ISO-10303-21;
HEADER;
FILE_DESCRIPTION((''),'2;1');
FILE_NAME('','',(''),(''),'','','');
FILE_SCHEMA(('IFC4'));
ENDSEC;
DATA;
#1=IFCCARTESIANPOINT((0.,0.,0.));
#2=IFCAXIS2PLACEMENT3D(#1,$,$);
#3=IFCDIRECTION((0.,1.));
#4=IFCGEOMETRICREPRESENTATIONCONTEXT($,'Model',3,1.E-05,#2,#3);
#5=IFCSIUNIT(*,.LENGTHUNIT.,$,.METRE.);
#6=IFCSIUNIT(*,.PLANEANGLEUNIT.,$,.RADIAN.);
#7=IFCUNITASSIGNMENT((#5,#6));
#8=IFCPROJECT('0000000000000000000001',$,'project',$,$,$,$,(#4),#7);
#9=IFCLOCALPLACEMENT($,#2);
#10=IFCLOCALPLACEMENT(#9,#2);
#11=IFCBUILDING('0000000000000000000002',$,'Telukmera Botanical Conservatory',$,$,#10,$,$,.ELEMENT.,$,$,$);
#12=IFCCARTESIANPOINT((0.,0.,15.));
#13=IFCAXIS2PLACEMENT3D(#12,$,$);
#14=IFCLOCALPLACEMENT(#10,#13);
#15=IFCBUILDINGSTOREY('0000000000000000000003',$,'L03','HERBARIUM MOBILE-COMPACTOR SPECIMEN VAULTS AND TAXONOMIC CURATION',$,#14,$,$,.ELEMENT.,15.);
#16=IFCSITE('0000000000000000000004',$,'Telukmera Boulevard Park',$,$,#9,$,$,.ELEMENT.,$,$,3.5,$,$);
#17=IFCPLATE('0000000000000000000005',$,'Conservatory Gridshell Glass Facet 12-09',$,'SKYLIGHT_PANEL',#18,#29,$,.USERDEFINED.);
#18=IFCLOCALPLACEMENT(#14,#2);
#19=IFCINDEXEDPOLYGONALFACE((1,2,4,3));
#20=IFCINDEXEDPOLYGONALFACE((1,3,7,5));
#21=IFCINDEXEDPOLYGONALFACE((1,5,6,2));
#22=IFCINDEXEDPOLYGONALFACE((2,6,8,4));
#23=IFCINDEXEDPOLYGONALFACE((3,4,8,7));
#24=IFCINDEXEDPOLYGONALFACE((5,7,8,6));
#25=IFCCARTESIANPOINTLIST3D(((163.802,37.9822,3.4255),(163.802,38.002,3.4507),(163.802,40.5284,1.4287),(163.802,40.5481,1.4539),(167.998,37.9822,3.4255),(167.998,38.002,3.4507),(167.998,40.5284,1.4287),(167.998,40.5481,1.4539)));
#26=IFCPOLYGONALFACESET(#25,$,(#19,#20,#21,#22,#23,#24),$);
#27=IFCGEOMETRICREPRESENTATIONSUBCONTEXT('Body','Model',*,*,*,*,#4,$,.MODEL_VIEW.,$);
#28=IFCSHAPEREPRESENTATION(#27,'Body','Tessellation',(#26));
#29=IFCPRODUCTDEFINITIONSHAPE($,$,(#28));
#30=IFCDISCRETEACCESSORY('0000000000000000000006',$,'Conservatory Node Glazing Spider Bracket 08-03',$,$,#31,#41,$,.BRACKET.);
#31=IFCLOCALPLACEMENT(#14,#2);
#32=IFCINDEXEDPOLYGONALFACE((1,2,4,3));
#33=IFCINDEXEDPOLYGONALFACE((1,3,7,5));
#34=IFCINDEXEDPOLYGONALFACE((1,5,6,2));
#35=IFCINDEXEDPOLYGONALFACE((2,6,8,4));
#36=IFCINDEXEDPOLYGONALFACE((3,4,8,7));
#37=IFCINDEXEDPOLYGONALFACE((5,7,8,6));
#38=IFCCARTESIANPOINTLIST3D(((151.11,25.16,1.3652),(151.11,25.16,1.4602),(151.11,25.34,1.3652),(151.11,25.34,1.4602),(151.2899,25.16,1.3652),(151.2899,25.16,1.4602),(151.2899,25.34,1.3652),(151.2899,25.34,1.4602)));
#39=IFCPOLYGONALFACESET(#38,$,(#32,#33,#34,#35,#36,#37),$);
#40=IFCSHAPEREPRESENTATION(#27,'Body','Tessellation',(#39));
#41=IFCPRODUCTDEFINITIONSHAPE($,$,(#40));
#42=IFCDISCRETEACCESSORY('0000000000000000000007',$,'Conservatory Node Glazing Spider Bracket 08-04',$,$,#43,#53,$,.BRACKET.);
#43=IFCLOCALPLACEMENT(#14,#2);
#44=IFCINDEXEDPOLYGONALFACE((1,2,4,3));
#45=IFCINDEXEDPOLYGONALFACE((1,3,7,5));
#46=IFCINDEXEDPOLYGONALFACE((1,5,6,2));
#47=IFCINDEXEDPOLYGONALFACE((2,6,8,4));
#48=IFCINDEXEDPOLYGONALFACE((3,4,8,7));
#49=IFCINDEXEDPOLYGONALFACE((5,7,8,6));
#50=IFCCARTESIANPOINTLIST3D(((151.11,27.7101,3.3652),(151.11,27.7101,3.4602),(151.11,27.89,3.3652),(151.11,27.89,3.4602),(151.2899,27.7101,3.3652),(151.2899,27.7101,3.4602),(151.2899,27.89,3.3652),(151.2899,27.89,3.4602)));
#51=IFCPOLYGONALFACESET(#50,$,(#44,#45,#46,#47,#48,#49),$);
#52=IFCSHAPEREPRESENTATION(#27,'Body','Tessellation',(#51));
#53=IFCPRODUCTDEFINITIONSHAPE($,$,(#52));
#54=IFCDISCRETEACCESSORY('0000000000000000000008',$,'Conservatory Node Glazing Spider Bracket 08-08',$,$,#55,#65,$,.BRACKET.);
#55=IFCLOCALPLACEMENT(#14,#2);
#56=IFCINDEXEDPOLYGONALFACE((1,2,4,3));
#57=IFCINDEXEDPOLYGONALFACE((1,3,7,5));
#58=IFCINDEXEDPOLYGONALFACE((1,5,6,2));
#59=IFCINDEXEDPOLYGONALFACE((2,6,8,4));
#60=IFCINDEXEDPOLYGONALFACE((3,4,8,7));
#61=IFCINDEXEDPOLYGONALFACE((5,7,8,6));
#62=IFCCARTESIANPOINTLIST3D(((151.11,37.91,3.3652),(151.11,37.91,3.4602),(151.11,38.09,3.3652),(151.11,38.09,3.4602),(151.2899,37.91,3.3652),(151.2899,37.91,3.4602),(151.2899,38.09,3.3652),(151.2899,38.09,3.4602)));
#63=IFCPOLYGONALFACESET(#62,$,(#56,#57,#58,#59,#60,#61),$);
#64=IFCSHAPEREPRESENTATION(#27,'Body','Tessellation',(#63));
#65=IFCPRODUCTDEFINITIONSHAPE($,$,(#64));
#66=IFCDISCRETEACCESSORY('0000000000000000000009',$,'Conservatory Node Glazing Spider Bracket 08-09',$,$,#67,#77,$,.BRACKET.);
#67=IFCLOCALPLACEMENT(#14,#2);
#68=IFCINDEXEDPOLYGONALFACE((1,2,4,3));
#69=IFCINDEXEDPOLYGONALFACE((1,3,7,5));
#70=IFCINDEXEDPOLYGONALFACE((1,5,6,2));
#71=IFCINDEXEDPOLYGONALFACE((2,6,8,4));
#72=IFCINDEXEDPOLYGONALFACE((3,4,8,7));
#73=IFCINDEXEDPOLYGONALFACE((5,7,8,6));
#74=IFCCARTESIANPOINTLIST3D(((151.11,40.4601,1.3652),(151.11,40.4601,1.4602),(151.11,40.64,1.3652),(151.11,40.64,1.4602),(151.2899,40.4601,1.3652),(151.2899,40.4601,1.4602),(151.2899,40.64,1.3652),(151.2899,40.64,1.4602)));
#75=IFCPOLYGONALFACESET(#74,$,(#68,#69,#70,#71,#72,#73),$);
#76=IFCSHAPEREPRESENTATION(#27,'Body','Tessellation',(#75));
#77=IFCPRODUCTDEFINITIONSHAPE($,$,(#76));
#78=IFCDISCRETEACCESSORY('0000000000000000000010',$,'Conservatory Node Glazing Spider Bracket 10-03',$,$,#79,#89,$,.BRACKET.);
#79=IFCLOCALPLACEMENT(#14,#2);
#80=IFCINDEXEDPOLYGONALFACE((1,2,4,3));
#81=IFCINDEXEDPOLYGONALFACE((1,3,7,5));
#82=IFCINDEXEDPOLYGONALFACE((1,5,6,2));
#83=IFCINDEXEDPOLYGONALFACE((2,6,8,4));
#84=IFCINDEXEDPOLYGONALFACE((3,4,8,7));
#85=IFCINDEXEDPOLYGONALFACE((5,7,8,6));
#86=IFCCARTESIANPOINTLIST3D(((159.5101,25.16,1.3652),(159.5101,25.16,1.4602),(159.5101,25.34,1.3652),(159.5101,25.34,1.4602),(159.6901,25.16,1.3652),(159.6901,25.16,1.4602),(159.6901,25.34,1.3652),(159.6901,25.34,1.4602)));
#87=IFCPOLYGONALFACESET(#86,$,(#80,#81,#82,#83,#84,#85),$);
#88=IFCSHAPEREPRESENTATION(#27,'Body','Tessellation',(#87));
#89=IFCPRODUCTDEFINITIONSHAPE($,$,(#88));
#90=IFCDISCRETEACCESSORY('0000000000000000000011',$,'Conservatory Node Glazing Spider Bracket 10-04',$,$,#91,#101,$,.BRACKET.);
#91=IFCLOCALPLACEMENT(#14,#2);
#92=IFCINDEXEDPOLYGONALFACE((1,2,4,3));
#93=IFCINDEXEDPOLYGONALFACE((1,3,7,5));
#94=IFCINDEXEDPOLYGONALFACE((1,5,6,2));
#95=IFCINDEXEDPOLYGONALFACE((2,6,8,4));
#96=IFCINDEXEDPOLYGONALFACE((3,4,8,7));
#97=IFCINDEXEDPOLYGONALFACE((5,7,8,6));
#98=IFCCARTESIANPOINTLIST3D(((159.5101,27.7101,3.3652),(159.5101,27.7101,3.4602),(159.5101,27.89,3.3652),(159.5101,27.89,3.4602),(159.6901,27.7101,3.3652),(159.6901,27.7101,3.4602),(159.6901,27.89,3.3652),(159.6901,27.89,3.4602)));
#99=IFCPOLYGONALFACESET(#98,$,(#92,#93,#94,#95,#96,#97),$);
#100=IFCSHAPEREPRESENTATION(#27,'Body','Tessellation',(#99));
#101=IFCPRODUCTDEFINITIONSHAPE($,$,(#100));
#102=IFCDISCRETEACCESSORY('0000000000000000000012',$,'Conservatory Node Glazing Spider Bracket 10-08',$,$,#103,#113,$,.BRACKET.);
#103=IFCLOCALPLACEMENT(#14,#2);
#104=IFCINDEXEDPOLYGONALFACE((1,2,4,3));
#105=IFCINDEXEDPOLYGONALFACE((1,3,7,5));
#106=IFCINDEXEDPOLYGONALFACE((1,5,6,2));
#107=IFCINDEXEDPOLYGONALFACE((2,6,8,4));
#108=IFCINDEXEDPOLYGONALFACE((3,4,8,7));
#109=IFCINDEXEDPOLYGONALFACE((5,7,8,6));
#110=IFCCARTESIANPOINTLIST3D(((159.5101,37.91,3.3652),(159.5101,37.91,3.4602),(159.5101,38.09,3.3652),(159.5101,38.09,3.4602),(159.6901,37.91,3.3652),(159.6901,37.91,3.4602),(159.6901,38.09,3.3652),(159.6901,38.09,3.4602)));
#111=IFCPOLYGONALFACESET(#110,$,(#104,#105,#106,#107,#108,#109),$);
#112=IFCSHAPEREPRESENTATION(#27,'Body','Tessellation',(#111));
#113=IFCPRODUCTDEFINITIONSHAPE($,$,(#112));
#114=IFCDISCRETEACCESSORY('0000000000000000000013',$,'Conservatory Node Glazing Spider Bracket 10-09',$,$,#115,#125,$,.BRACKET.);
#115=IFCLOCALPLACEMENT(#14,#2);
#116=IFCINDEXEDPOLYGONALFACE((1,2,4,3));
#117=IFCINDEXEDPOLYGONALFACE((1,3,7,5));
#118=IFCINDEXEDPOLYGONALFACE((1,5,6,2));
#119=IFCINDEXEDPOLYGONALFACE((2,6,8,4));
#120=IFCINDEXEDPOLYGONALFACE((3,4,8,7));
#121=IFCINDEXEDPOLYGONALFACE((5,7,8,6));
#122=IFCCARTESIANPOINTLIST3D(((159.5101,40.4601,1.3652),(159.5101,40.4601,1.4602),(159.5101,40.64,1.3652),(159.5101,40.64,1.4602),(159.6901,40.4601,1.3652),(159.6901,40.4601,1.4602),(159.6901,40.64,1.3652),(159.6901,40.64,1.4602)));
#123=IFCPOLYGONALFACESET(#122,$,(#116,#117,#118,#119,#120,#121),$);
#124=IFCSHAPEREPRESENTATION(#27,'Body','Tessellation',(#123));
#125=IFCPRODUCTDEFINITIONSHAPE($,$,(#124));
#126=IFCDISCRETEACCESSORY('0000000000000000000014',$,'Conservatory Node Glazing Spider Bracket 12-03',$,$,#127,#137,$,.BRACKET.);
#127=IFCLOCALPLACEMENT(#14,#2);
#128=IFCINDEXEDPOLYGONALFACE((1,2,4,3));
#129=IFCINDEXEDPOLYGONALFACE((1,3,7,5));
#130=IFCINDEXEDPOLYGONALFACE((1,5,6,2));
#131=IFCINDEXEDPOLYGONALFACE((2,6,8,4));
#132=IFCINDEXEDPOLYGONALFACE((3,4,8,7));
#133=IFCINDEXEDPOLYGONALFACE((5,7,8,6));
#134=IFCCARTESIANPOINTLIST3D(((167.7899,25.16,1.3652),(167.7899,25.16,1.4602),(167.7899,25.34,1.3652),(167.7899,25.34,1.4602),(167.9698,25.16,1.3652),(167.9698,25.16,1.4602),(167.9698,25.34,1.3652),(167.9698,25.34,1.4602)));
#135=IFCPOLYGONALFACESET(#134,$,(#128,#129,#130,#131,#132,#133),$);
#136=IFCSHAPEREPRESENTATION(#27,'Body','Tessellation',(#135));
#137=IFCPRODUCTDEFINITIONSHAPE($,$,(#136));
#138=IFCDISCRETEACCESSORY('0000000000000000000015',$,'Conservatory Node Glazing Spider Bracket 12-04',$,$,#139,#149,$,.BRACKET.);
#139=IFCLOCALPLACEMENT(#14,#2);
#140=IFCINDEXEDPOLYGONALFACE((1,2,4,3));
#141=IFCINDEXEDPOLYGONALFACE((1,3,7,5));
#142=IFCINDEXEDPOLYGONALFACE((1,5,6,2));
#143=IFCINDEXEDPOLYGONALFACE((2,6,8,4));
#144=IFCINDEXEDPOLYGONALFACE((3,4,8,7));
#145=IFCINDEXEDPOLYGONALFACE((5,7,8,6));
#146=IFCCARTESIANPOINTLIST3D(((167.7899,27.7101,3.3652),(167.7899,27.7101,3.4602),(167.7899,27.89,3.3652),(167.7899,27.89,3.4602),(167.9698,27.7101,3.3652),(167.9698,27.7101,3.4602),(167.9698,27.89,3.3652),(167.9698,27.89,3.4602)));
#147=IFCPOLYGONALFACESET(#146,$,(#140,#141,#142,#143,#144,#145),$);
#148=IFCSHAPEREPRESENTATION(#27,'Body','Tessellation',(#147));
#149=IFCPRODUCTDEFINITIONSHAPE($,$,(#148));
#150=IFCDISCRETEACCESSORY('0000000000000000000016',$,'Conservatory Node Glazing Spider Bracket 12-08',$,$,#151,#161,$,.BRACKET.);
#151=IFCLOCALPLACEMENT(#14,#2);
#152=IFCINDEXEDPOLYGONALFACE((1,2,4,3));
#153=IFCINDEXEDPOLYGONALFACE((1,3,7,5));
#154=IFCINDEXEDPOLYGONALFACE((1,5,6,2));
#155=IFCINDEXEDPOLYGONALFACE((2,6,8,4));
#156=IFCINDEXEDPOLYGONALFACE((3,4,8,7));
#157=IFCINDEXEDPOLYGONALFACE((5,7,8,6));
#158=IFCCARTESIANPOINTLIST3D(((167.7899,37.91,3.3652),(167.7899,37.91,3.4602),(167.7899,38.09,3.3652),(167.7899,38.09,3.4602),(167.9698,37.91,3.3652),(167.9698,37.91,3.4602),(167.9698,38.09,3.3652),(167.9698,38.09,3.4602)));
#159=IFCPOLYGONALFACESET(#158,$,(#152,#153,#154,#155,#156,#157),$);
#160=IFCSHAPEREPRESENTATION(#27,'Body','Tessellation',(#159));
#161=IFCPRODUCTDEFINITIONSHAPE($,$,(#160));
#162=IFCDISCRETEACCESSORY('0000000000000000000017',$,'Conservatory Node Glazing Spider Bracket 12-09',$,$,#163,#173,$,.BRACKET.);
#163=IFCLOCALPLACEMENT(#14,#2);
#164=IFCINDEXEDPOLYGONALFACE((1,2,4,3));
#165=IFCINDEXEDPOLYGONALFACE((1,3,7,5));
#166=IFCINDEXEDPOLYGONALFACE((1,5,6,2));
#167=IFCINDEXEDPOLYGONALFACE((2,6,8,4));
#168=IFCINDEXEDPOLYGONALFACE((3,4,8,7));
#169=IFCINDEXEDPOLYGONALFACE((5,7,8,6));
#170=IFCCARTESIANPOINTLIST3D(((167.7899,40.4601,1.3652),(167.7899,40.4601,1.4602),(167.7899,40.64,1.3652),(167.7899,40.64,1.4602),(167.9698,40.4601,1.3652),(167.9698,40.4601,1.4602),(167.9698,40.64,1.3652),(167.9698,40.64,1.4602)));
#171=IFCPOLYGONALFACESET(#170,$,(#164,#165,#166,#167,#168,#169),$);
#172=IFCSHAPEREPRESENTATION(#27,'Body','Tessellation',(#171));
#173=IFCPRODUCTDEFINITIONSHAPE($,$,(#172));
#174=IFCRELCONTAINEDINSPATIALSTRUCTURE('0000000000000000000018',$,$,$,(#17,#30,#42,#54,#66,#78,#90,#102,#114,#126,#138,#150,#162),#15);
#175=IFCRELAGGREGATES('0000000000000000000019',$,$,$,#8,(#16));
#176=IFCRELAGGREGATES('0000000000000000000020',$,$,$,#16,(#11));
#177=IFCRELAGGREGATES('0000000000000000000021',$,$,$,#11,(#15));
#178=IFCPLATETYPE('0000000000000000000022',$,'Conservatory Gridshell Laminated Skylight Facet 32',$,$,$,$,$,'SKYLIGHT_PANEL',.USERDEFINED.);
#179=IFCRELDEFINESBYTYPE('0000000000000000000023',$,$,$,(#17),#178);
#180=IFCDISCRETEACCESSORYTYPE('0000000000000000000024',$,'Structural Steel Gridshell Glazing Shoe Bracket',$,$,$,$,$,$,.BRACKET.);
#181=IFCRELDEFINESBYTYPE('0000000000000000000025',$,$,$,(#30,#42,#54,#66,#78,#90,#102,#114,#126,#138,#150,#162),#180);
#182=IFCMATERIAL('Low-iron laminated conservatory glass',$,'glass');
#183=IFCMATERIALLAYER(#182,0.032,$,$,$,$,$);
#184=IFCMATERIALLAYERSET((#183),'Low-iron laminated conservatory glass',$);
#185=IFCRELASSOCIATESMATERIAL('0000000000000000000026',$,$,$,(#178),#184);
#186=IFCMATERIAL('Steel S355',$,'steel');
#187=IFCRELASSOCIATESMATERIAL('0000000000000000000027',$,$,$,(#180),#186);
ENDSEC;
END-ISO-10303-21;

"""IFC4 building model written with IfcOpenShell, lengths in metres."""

from ifc_helpers import new_model, si_unit, direction, frame, origin, origin_2d, place, context, subcontext, project, spatial, polyline, rectangle, outline, extrude, material, layer, layer_set, type_object, element, save


model = new_model("IFC4")

# Units and contexts
model_context = context("Model", 3, precision=1e-05, world=origin(), true_north=direction((0.0, 1.0)))
body_context = subcontext(model_context, "Body", "Model", "MODEL_VIEW")
ifc_project = project(units=[si_unit("LENGTHUNIT", "METRE"), si_unit("PLANEANGLEUNIT", "RADIAN")], contexts=[model_context])

# Site, building, storey
site_placement = place(None, origin())
site = spatial("IfcSite", under=ifc_project, at=site_placement, Name="Telukmera Boulevard Park", CompositionType="ELEMENT", RefElevation=3.5)
building_placement = place(site_placement, origin())
building = spatial("IfcBuilding", under=site, at=building_placement, Name="Telukmera Botanical Conservatory", CompositionType="ELEMENT")
storey_placement = place(building_placement, frame((0.0, 0.0, 15.0)))
storey = spatial("IfcBuildingStorey", under=building, at=storey_placement, Name="L03", Description="HERBARIUM MOBILE-COMPACTOR SPECIMEN VAULTS AND TAXONOMIC CURATION", CompositionType="ELEMENT", Elevation=15.0)

# Plate
ifc_material_1 = material(Name="Low-iron laminated conservatory glass", Category="glass")
ifc_layer = layer(ifc_material_1, 0.032)
ifc_layer_set = layer_set([ifc_layer], Name="Low-iron laminated conservatory glass")
plate_type = type_object("IfcPlateType", Name="Conservatory Gridshell Laminated Skylight Facet 32", ElementType="SKYLIGHT_PANEL", PredefinedType="USERDEFINED", material=ifc_layer_set)
plate_1_placement = place(storey_placement, frame((163.802, 38.002, 3.4507), z_axis=(0.0, 0.617112, 0.786876), x_axis=(1.0, 0.0, 0.0)))
element("IfcPlate", 1, at=plate_1_placement, inside=storey, type_object=plate_type, Name="Conservatory Gridshell Glass Facet 12-09", ObjectType="SKYLIGHT_PANEL", PredefinedType="USERDEFINED", context=body_context, shape_type="SweptSolid", body=[
    extrude(outline(polyline([(0.0, 0.0), (4.196, 0.0), (4.196, 3.2358), (0.0, 3.2358), (0.0, 0.0)])), origin(), (0.0, 0.0, -1.0), 0.032),
])

# Discrete accessories
ifc_material_2 = material(Name="Steel S355", Category="steel")
discrete_accessory_type = type_object("IfcDiscreteAccessoryType", Name="Structural Steel Gridshell Glazing Shoe Bracket", PredefinedType="BRACKET", material=ifc_material_2)
for number, where, z_axis, x_axis, name in (
    (2, (151.2, 25.25, 1.3652), (0.0, 0.0, 1.0), (1.0, 0.0, 0.0), "Conservatory Node Glazing Spider Bracket 08-03"),
    (3, (151.2, 27.8, 3.3652), (0.0, 0.0, 1.0), (1.0, 0.0, 0.0), "Conservatory Node Glazing Spider Bracket 08-04"),
    (4, (151.2, 38.0, 3.3652), (0.0, 0.0, 1.0), (1.0, 0.0, 0.0), "Conservatory Node Glazing Spider Bracket 08-08"),
    (5, (151.2, 40.55, 1.3652), (0.0, 0.0, 1.0), (1.0, 0.0, 0.0), "Conservatory Node Glazing Spider Bracket 08-09"),
    (6, (159.6001, 25.25, 1.3652), (0.0, 0.0, 1.0), (1.0, 0.0, 0.0), "Conservatory Node Glazing Spider Bracket 10-03"),
    (7, (159.6001, 27.8, 3.3652), (0.0, 0.0, 1.0), (1.0, 0.0, 0.0), "Conservatory Node Glazing Spider Bracket 10-04"),
    (8, (159.6001, 38.0, 3.3652), (0.0, 0.0, 1.0), (1.0, 0.0, 0.0), "Conservatory Node Glazing Spider Bracket 10-08"),
    (9, (159.6001, 40.55, 1.3652), (0.0, 0.0, 1.0), (1.0, 0.0, 0.0), "Conservatory Node Glazing Spider Bracket 10-09"),
    (10, (167.8799, 25.25, 1.3652), (0.0, 0.0, 1.0), (1.0, 0.0, 0.0), "Conservatory Node Glazing Spider Bracket 12-03"),
    (11, (167.8799, 27.8, 3.3652), (0.0, 0.0, 1.0), (1.0, 0.0, 0.0), "Conservatory Node Glazing Spider Bracket 12-04"),
    (12, (167.8799, 38.0, 3.3652), (0.0, 0.0, 1.0), (1.0, 0.0, 0.0), "Conservatory Node Glazing Spider Bracket 12-08"),
    (13, (167.8799, 40.55, 1.3652), (0.0, 0.0, 1.0), (1.0, 0.0, 0.0), "Conservatory Node Glazing Spider Bracket 12-09"),
):
    element("IfcDiscreteAccessory", number, at=place(storey_placement, frame(where, z_axis=z_axis, x_axis=x_axis)), inside=storey, type_object=discrete_accessory_type, Name=name, PredefinedType="BRACKET", context=body_context, shape_type="SweptSolid", body=[
        extrude(rectangle(XDim=0.1799, YDim=0.1799, at=origin_2d()), origin(), (0.0, 0.0, 1.0), 0.095),
    ])

save(model, "model.ifc")
